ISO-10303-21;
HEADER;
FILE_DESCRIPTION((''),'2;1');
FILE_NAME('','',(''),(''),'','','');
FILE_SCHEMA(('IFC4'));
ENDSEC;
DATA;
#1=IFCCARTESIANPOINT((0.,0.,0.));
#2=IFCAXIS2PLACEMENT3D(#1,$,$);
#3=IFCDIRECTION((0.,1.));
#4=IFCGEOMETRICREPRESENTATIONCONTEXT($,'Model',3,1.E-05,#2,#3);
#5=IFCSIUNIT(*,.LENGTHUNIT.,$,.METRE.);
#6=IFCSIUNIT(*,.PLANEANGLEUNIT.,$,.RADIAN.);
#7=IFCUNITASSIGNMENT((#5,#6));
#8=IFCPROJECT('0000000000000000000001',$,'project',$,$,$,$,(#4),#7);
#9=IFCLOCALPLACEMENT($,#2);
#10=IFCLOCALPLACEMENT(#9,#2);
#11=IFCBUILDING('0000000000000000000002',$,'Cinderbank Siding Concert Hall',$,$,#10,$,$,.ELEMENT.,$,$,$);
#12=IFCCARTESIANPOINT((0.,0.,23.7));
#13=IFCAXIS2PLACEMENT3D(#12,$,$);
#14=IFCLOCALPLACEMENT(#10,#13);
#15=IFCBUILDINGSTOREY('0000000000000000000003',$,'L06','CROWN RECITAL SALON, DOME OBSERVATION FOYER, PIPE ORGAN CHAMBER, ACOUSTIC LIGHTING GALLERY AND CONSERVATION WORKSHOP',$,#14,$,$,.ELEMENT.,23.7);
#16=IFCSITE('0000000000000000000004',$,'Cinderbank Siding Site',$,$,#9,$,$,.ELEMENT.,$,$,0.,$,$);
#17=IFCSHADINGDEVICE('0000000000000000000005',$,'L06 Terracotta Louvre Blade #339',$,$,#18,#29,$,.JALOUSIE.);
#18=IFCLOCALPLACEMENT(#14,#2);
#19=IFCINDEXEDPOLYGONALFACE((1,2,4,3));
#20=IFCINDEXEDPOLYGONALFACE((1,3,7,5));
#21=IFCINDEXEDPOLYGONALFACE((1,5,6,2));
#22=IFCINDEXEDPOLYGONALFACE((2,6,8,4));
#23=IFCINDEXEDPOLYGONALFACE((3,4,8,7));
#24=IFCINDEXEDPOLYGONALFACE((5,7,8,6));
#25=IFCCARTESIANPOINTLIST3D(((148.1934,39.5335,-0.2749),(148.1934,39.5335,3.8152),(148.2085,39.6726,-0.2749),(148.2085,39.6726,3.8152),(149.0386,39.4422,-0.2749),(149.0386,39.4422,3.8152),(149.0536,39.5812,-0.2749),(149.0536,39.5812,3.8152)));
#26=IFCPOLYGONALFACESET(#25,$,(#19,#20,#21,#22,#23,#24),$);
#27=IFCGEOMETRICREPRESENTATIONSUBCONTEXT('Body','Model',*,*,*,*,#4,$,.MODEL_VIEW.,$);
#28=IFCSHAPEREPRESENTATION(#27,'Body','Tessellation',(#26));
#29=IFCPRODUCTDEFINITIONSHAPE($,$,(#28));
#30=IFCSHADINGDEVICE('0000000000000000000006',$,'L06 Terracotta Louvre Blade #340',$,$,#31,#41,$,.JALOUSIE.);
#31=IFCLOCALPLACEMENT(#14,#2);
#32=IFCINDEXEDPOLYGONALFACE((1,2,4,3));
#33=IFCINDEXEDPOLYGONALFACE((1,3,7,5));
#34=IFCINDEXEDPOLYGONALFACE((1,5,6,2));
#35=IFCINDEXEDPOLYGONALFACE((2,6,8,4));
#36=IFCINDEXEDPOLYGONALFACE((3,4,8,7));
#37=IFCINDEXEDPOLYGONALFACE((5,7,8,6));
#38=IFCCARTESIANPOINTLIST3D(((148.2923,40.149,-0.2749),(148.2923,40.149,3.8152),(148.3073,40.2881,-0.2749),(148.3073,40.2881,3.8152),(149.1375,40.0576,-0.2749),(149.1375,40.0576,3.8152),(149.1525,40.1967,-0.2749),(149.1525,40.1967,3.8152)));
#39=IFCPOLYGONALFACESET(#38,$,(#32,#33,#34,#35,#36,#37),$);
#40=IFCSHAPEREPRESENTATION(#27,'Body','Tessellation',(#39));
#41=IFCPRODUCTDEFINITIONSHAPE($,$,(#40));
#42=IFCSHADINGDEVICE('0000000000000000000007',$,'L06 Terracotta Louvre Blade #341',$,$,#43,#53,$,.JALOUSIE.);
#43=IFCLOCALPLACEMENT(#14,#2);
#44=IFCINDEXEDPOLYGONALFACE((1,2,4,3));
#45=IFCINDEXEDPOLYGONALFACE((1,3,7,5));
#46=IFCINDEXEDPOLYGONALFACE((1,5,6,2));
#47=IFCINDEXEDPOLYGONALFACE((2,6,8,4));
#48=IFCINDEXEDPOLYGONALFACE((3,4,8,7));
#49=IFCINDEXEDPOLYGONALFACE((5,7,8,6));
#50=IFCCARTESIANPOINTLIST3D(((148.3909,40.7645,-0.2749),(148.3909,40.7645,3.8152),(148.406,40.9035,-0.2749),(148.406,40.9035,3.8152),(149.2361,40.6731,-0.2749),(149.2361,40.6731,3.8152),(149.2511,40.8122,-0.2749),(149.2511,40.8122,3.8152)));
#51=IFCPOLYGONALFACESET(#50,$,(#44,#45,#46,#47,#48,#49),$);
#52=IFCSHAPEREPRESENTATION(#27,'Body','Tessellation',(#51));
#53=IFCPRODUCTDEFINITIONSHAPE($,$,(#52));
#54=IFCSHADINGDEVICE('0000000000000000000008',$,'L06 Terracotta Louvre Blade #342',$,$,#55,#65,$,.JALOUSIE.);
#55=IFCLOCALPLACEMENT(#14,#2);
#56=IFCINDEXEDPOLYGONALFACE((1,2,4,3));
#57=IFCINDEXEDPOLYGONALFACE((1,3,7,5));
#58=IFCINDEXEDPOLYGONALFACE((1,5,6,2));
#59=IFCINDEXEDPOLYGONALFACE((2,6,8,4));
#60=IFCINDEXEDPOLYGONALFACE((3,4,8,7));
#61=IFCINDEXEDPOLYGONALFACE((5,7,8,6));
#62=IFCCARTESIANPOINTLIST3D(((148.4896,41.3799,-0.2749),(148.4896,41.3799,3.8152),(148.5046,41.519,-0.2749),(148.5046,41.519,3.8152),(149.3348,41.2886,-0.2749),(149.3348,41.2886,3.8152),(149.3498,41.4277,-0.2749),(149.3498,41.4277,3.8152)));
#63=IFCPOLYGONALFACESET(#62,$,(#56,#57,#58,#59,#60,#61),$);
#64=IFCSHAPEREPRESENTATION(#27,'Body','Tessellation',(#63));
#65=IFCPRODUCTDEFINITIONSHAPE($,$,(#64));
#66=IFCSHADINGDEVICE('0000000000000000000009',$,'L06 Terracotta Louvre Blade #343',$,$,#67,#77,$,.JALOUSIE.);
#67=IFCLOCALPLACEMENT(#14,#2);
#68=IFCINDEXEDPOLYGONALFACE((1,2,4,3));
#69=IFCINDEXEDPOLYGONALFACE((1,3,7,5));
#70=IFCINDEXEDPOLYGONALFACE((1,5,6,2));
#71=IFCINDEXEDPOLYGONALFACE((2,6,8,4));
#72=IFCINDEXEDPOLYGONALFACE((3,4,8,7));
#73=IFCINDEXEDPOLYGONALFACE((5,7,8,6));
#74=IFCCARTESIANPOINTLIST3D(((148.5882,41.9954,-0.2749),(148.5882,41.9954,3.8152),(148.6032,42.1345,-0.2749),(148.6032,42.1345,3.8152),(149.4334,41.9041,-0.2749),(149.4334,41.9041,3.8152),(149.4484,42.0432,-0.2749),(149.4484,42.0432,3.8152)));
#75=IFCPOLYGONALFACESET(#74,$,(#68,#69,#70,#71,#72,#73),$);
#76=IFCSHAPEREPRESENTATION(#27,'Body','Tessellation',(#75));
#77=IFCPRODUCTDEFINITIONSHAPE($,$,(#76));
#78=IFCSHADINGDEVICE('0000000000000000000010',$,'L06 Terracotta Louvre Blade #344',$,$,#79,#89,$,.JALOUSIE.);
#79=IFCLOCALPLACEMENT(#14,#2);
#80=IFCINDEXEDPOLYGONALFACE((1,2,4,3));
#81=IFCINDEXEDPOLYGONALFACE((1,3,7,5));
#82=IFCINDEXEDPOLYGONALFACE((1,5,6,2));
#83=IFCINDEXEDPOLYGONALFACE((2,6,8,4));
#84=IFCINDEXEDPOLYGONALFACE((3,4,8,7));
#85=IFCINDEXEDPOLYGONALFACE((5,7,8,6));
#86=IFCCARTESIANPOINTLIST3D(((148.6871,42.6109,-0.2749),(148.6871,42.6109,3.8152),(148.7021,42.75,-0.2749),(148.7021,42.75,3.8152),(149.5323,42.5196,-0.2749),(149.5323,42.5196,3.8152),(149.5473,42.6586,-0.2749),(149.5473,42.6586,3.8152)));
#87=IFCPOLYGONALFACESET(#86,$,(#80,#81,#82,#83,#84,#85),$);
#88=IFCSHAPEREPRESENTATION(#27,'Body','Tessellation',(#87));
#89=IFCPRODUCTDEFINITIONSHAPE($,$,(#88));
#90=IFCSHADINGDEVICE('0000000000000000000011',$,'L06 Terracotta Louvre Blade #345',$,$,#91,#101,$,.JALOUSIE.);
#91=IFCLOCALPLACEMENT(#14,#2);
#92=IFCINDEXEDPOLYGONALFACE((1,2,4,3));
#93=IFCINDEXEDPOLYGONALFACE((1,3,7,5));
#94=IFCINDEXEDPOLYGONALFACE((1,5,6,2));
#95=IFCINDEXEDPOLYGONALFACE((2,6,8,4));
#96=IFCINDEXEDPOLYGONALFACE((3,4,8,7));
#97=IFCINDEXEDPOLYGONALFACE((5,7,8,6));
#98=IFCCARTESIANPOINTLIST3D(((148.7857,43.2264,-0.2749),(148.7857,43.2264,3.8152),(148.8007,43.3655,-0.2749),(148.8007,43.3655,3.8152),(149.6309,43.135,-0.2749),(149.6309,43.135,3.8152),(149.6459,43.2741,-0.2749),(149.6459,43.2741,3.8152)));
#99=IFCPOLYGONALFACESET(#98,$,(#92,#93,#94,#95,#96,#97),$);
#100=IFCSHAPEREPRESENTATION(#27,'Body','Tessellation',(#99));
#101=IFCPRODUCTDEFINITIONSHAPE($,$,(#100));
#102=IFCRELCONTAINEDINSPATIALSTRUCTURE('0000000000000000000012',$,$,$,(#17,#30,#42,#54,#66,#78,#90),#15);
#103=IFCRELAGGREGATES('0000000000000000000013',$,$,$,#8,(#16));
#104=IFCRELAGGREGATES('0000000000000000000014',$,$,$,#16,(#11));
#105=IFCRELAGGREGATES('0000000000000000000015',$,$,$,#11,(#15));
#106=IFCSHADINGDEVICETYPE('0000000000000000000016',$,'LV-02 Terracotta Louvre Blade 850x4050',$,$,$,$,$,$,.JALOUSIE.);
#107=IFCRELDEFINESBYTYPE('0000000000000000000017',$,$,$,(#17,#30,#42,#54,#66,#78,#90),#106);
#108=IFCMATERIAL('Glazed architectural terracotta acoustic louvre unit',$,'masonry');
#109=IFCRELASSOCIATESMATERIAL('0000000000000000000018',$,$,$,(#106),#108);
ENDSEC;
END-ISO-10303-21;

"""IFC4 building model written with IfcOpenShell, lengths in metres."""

from ifc_helpers import new_model, si_unit, direction, frame, origin, origin_2d, place, context, subcontext, project, spatial, rectangle, extrude, material, type_object, element, save


model = new_model("IFC4")

# Units and contexts
model_context = context("Model", 3, precision=1e-05, world=origin(), true_north=direction((0.0, 1.0)))
body_context = subcontext(model_context, "Body", "Model", "MODEL_VIEW")
ifc_project = project(units=[si_unit("LENGTHUNIT", "METRE"), si_unit("PLANEANGLEUNIT", "RADIAN")], contexts=[model_context])

# Site, building, storey
site_placement = place(None, origin())
site = spatial("IfcSite", under=ifc_project, at=site_placement, Name="Cinderbank Siding Site", CompositionType="ELEMENT", RefElevation=0.0)
building_placement = place(site_placement, origin())
building = spatial("IfcBuilding", under=site, at=building_placement, Name="Cinderbank Siding Concert Hall", CompositionType="ELEMENT")
storey_placement = place(building_placement, frame((0.0, 0.0, 23.7)))
storey = spatial("IfcBuildingStorey", under=building, at=storey_placement, Name="L06", Description="CROWN RECITAL SALON, DOME OBSERVATION FOYER, PIPE ORGAN CHAMBER, ACOUSTIC LIGHTING GALLERY AND CONSERVATION WORKSHOP", CompositionType="ELEMENT", Elevation=23.7)

# Shading devices
ifc_material_1 = material(Name="Glazed architectural terracotta acoustic louvre unit", Category="masonry")
shading_device_type = type_object("IfcShadingDeviceType", Name="LV-02 Terracotta Louvre Blade 850x4050", PredefinedType="JALOUSIE", material=ifc_material_1)
for number, where, z_axis, x_axis, name in (
    (1, (148.6235, 39.5574, -0.2749), (0.0, 0.0, 1.0), (0.994211, -0.107447, 0.0), "L06 Terracotta Louvre Blade #339"),
    (2, (148.7224, 40.1729, -0.2749), (0.0, 0.0, 1.0), (0.994211, -0.107447, 0.0), "L06 Terracotta Louvre Blade #340"),
    (3, (148.821, 40.7883, -0.2749), (0.0, 0.0, 1.0), (0.994211, -0.107447, 0.0), "L06 Terracotta Louvre Blade #341"),
    (4, (148.9197, 41.4038, -0.2749), (0.0, 0.0, 1.0), (0.994211, -0.107447, 0.0), "L06 Terracotta Louvre Blade #342"),
    (5, (149.0183, 42.0193, -0.2749), (0.0, 0.0, 1.0), (0.994211, -0.107447, 0.0), "L06 Terracotta Louvre Blade #343"),
    (6, (149.1172, 42.6348, -0.2749), (0.0, 0.0, 1.0), (0.994211, -0.107447, 0.0), "L06 Terracotta Louvre Blade #344"),
    (7, (149.2158, 43.2502, -0.2749), (0.0, 0.0, 1.0), (0.994211, -0.107447, 0.0), "L06 Terracotta Louvre Blade #345"),
):
    element("IfcShadingDevice", number, at=place(storey_placement, frame(where, z_axis=z_axis, x_axis=x_axis)), inside=storey, type_object=shading_device_type, Name=name, PredefinedType="JALOUSIE", context=body_context, shape_type="SweptSolid", body=[
        extrude(rectangle(XDim=0.8501, YDim=0.1399, at=origin_2d()), origin(), (0.0, 0.0, 1.0), 4.0901),
    ])

save(model, "model.ifc")
